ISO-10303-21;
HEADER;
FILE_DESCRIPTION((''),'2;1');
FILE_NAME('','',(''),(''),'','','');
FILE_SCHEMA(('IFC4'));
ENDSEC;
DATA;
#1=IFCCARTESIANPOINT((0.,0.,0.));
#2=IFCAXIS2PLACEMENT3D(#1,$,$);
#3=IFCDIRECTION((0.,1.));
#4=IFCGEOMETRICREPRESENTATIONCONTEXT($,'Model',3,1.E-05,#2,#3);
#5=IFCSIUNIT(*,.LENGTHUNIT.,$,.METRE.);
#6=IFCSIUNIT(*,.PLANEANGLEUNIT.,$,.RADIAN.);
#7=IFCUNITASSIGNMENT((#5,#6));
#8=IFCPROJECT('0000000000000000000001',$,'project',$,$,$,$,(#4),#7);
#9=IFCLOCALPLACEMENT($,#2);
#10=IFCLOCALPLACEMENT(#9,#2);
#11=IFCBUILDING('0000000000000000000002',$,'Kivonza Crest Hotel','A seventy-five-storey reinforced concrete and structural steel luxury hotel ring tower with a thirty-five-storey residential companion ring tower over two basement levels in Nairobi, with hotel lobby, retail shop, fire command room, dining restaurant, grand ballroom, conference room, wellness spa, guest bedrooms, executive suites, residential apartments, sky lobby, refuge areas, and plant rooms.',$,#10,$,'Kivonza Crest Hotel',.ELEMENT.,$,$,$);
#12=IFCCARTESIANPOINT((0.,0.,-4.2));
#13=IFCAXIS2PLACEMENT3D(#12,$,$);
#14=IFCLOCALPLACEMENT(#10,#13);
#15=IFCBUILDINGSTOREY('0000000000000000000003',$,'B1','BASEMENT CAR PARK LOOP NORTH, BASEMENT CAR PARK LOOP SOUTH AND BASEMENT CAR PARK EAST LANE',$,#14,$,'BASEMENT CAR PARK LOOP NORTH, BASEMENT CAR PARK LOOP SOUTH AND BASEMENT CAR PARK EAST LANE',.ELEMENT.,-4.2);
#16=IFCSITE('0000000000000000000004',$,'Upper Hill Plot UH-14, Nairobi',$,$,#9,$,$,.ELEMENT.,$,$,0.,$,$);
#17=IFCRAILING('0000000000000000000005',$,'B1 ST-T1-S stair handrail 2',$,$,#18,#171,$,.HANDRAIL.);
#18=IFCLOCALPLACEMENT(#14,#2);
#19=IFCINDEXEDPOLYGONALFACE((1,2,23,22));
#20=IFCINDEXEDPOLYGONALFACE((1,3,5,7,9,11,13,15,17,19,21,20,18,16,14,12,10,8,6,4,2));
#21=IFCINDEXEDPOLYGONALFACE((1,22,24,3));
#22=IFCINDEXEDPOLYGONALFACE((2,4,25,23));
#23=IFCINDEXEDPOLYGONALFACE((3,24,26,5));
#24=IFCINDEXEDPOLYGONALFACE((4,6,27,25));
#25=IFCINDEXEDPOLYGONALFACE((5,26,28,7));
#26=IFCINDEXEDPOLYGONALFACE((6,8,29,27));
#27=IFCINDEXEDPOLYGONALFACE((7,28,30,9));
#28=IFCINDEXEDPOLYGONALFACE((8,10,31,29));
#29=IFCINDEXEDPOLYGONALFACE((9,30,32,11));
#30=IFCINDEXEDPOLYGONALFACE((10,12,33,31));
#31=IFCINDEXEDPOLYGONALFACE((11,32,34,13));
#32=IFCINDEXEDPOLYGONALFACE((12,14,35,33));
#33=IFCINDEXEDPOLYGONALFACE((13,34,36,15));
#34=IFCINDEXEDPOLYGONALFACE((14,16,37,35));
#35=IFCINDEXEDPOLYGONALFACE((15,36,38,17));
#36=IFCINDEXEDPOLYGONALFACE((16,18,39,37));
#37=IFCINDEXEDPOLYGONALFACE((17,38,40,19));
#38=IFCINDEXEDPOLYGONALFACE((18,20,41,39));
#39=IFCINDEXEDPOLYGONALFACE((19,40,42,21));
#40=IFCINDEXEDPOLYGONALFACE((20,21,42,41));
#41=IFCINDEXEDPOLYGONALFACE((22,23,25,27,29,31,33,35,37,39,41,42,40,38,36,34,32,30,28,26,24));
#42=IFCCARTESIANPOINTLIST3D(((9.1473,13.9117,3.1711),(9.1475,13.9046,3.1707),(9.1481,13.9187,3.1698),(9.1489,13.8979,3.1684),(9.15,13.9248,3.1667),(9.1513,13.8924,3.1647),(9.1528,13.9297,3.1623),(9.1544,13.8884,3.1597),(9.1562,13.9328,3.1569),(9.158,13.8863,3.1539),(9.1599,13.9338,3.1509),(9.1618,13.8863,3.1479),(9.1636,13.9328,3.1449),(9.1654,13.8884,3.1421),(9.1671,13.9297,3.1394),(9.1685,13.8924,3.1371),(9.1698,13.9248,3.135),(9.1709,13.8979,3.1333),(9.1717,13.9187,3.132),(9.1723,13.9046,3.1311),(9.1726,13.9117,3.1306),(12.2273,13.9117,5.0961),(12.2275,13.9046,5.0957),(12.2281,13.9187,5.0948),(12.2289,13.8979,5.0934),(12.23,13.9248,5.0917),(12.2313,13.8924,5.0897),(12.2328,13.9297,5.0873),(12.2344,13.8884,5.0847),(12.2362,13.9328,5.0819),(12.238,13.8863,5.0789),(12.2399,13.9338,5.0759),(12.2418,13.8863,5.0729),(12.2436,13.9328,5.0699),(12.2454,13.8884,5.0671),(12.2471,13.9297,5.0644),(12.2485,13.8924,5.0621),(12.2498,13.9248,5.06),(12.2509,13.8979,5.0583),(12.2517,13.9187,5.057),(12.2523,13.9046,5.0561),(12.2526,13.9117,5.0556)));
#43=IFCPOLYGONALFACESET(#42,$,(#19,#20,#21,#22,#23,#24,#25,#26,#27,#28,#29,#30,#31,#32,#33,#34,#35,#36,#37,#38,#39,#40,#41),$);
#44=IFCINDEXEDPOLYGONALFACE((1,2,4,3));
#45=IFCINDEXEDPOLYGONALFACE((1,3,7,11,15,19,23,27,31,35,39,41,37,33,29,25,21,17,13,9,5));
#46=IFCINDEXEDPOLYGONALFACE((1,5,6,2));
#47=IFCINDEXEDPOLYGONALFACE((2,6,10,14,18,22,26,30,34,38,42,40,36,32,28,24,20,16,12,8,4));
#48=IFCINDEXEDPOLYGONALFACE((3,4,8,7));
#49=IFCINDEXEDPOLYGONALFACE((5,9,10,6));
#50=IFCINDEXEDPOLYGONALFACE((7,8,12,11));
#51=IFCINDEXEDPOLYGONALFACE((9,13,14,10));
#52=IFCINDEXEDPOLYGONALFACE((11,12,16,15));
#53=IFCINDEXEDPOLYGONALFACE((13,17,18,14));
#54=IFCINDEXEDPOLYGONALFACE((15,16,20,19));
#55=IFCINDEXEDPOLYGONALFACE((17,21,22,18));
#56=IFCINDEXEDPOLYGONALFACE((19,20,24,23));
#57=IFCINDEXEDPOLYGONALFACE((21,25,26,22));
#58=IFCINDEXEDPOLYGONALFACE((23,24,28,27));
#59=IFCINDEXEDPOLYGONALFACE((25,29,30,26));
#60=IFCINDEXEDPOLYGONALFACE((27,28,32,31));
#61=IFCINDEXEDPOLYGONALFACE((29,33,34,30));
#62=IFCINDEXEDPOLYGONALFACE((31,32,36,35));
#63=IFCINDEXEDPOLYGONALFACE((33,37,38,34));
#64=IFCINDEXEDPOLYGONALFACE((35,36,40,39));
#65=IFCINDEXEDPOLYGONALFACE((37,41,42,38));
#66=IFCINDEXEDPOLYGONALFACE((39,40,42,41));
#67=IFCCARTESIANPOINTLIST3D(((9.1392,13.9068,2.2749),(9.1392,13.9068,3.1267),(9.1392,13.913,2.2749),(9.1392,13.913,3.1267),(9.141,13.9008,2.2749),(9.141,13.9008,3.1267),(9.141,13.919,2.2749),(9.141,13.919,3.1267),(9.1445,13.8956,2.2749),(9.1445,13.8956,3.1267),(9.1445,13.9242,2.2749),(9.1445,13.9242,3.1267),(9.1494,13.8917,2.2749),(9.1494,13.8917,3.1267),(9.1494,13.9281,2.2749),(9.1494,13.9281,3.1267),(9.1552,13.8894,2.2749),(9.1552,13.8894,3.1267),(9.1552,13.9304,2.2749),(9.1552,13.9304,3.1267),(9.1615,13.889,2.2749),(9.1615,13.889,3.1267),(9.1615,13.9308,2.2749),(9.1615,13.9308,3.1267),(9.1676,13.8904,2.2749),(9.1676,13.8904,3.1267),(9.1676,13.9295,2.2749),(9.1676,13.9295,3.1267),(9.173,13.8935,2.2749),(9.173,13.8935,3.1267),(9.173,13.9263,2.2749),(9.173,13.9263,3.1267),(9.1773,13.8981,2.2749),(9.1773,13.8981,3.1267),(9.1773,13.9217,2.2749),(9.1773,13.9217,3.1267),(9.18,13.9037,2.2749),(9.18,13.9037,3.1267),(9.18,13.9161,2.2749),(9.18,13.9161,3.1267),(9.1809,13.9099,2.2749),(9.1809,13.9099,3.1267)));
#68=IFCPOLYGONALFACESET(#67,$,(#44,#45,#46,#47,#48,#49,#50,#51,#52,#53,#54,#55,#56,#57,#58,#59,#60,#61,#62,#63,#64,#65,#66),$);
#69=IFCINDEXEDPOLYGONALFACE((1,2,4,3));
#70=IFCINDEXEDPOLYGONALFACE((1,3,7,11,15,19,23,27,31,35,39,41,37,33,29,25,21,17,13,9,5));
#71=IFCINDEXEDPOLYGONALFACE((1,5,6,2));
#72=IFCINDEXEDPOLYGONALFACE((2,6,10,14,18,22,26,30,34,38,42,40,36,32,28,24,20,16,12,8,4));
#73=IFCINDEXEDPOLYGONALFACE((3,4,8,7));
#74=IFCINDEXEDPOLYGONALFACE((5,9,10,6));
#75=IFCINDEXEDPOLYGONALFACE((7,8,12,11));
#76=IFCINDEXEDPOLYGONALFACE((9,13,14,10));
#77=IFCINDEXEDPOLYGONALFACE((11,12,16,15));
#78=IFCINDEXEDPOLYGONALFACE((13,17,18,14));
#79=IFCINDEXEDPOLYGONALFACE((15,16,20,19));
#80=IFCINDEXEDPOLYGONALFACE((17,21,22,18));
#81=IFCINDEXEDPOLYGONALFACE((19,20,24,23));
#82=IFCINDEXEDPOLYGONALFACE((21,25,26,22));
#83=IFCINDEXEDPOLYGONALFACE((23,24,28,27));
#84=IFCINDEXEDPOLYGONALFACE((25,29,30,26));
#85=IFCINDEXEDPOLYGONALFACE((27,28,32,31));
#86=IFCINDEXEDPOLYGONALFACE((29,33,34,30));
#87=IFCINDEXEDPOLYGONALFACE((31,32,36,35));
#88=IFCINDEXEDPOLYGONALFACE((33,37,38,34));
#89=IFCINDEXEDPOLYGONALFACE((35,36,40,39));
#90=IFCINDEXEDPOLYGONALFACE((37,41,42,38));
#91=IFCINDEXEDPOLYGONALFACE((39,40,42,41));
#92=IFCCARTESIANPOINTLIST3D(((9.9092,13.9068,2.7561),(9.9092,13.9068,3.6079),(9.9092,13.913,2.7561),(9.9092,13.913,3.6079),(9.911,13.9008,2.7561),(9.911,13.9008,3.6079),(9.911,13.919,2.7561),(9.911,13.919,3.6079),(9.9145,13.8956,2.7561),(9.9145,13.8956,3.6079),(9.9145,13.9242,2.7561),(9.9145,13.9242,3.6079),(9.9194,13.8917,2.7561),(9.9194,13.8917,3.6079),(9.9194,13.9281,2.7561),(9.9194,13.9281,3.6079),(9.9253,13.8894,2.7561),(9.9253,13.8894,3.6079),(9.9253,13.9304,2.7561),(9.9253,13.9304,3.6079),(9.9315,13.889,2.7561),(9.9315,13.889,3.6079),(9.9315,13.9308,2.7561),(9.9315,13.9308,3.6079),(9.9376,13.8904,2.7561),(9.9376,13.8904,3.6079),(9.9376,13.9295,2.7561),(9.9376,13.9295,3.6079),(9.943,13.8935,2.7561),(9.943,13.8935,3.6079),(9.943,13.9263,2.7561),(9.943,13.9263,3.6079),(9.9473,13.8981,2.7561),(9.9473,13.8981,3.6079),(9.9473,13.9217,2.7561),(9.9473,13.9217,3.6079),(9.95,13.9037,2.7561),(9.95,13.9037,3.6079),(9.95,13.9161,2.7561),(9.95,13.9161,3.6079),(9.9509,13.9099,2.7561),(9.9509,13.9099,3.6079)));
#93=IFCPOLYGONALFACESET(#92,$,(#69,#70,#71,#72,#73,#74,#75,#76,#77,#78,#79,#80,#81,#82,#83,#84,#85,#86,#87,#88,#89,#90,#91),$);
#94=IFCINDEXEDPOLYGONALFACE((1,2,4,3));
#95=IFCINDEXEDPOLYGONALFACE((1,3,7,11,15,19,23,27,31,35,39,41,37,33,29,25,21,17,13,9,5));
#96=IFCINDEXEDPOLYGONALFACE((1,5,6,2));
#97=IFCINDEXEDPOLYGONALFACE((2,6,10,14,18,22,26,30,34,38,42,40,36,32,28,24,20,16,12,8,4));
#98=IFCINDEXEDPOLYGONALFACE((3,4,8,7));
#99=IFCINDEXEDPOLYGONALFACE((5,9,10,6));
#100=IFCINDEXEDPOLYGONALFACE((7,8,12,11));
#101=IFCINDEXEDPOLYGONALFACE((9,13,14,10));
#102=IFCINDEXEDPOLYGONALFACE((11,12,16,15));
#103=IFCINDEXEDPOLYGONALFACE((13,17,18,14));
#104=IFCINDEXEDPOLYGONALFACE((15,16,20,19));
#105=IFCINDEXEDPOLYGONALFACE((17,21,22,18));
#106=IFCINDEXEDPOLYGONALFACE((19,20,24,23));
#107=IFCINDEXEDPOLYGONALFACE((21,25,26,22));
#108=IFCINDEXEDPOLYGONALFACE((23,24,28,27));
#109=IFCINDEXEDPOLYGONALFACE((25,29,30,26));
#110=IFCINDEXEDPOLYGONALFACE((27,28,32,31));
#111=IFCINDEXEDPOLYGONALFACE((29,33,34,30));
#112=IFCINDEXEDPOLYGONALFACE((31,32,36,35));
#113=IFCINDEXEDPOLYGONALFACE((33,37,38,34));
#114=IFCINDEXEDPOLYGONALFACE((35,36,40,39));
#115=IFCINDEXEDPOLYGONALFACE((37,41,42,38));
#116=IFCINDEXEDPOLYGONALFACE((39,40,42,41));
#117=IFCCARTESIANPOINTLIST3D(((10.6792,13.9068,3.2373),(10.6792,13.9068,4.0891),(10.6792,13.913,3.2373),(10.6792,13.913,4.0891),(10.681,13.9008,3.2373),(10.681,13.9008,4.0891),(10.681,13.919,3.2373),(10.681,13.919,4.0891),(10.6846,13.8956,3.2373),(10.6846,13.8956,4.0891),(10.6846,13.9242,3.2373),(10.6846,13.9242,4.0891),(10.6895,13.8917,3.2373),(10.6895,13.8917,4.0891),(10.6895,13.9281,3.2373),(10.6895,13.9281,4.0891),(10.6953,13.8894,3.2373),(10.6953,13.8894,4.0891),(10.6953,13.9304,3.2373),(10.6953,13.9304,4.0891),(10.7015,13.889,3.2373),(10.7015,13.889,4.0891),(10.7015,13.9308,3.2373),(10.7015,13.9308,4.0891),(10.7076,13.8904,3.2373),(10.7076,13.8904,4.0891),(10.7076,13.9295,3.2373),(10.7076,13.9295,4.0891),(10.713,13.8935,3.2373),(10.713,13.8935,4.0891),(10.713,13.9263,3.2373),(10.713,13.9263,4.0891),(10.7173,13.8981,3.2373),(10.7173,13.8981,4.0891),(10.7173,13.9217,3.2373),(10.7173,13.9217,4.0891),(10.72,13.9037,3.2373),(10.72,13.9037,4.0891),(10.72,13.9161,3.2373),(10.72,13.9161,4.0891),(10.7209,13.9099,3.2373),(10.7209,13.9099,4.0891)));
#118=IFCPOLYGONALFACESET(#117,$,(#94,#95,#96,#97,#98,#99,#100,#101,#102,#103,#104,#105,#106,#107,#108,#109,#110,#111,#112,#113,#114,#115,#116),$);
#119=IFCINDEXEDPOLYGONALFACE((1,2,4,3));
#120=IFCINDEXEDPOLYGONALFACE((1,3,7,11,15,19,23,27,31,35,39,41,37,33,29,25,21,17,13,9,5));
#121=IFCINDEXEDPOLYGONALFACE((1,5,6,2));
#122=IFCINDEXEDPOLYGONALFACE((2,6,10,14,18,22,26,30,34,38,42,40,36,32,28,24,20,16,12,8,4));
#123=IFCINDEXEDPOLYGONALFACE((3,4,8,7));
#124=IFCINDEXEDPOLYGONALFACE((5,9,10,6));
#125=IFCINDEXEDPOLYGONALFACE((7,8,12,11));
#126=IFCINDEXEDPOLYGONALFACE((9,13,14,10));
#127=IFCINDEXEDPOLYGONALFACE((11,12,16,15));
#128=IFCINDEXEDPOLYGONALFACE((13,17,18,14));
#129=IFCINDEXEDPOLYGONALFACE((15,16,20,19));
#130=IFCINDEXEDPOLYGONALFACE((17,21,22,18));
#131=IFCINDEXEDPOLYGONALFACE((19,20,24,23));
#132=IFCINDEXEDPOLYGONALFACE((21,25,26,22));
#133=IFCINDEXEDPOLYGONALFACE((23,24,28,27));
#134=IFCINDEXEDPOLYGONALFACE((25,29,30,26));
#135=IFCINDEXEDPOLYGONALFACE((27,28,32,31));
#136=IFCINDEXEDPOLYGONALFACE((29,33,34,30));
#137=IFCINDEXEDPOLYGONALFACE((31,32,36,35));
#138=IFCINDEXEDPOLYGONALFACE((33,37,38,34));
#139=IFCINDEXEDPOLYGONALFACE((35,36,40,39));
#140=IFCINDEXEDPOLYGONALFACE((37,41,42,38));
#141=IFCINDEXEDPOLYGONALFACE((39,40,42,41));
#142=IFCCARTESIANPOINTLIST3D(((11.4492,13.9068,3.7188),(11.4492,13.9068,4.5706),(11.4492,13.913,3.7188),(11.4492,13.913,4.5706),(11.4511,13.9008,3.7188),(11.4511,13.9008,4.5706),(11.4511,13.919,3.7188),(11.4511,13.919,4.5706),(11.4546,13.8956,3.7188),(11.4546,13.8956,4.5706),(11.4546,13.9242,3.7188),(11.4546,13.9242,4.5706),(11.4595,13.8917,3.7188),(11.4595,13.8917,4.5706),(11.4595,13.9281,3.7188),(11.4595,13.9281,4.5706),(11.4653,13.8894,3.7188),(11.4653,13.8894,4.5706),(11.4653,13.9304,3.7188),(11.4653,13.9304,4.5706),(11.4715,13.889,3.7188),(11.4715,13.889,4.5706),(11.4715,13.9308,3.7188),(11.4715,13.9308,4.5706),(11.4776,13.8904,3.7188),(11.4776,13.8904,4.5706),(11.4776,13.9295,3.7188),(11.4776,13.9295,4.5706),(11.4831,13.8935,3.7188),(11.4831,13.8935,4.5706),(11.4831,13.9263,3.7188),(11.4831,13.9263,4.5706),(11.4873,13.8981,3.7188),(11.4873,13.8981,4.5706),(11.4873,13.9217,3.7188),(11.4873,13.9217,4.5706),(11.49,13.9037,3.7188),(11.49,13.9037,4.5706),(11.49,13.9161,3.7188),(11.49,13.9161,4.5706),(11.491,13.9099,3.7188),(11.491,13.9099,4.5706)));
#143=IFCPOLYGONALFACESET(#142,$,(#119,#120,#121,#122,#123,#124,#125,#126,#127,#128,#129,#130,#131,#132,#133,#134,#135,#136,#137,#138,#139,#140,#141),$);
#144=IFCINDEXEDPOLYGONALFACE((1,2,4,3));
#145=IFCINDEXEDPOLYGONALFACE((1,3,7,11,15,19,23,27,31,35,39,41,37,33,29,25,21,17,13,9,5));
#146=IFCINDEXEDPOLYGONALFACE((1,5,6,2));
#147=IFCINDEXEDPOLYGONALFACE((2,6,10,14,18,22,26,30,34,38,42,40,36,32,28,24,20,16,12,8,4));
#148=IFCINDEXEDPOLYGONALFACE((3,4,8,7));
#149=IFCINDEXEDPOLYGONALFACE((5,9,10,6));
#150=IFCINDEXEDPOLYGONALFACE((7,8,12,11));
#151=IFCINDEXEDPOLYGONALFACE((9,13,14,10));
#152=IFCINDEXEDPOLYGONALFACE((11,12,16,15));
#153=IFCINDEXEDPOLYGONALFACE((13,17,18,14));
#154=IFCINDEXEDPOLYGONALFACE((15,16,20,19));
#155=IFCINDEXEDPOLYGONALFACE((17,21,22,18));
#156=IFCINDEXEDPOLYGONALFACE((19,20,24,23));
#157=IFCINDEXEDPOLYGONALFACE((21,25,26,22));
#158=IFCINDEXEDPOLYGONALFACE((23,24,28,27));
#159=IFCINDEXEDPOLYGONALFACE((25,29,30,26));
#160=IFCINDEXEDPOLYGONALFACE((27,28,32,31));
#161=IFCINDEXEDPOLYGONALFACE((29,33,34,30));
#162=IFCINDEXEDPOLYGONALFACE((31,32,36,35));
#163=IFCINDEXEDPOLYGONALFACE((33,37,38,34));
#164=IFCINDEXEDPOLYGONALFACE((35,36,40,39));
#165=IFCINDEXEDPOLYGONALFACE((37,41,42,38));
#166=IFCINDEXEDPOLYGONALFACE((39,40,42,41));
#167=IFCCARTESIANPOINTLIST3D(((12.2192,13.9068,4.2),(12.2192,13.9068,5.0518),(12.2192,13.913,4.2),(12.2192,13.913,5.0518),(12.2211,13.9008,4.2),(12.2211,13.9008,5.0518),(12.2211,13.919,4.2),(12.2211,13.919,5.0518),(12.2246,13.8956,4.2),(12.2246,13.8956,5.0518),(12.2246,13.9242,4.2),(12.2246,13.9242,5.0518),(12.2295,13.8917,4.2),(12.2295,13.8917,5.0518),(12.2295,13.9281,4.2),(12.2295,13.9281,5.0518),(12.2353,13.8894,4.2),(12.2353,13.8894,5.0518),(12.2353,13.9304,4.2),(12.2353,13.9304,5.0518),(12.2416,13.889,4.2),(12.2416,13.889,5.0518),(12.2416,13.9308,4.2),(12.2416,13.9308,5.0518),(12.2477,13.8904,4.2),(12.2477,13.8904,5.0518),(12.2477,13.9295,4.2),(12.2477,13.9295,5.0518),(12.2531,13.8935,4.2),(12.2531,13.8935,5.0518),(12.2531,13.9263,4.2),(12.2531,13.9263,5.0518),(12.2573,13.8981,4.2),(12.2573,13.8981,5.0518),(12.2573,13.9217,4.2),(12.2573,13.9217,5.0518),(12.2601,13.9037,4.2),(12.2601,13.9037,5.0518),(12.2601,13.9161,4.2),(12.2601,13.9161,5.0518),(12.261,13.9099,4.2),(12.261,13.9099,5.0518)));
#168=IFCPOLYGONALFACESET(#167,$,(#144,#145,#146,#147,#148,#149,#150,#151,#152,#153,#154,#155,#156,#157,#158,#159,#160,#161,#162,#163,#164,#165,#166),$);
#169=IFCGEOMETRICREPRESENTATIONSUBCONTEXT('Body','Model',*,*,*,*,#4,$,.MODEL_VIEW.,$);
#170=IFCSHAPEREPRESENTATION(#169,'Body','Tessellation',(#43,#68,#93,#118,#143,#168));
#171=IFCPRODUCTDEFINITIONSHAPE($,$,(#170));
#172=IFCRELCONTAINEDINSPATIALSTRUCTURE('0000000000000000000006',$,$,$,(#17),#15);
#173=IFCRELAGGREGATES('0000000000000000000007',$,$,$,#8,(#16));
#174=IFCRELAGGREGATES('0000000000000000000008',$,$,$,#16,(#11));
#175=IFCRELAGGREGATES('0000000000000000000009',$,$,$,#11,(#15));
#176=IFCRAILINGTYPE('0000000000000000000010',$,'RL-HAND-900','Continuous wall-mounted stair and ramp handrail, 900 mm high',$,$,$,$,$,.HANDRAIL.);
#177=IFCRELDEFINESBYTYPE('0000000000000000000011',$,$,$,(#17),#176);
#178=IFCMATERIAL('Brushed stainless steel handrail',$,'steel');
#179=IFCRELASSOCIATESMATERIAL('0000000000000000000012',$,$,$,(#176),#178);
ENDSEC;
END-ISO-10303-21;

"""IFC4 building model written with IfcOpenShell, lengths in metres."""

from ifc_helpers import new_model, si_unit, direction, frame, origin, origin_2d, place, context, subcontext, project, spatial, circle, extrude, material, type_object, element, save


model = new_model("IFC4")

# Units and contexts
model_context = context("Model", 3, precision=1e-05, world=origin(), true_north=direction((0.0, 1.0)))
body_context = subcontext(model_context, "Body", "Model", "MODEL_VIEW")
ifc_project = project(units=[si_unit("LENGTHUNIT", "METRE"), si_unit("PLANEANGLEUNIT", "RADIAN")], contexts=[model_context])

# Site, building, storey
site_placement = place(None, origin())
site = spatial("IfcSite", under=ifc_project, at=site_placement, Name="Upper Hill Plot UH-14, Nairobi", CompositionType="ELEMENT", RefElevation=0.0)
building_placement = place(site_placement, origin())
building = spatial("IfcBuilding", under=site, at=building_placement, Name="Kivonza Crest Hotel", Description="A seventy-five-storey reinforced concrete and structural steel luxury hotel ring tower with a thirty-five-storey residential companion ring tower over two basement levels in Nairobi, with hotel lobby, retail shop, fire command room, dining restaurant, grand ballroom, conference room, wellness spa, guest bedrooms, executive suites, residential apartments, sky lobby, refuge areas, and plant rooms.", LongName="Kivonza Crest Hotel", CompositionType="ELEMENT")
storey_placement = place(building_placement, frame((0.0, 0.0, -4.2)))
storey = spatial("IfcBuildingStorey", under=building, at=storey_placement, Name="B1", Description="BASEMENT CAR PARK LOOP NORTH, BASEMENT CAR PARK LOOP SOUTH AND BASEMENT CAR PARK EAST LANE", LongName="BASEMENT CAR PARK LOOP NORTH, BASEMENT CAR PARK LOOP SOUTH AND BASEMENT CAR PARK EAST LANE", CompositionType="ELEMENT", Elevation=-4.2)

# Railing
ifc_material_1 = material(Name="Brushed stainless steel handrail", Category="steel")
railing_type_1 = type_object("IfcRailingType", Name="RL-HAND-900", Description="Continuous wall-mounted stair and ramp handrail, 900 mm high", PredefinedType="HANDRAIL", material=ifc_material_1)
railing_1_placement = place(storey_placement, frame((9.1599, 13.9099, 2.2749)))
element("IfcRailing", 1, at=railing_1_placement, inside=storey, type_object=railing_type_1, Name="B1 ST-T1-S stair handrail 2", PredefinedType="HANDRAIL", context=body_context, shape_type="SweptSolid", body=[
    extrude(circle(Radius=0.0239, at=origin_2d()), frame((0.0, 0.0, 0.876), z_axis=(0.847998, 0.0, 0.529999), x_axis=(0.0, 1.0, 0.0)), (0.0, 0.0, 1.0), 3.6321),
    extrude(circle(Radius=0.021, at=origin_2d()), origin(), (0.0, 0.0, 1.0), 0.8518),
    extrude(circle(Radius=0.021, at=origin_2d()), frame((0.77, 0.0, 0.4812)), (0.0, 0.0, 1.0), 0.8518),
    extrude(circle(Radius=0.021, at=origin_2d()), frame((1.54, 0.0, 0.9624)), (0.0, 0.0, 1.0), 0.8518),
    extrude(circle(Radius=0.021, at=origin_2d()), frame((2.3101, 0.0, 1.4438)), (0.0, 0.0, 1.0), 0.8518),
    extrude(circle(Radius=0.021, at=origin_2d()), frame((3.0801, 0.0, 1.925)), (0.0, 0.0, 1.0), 0.8518),
])

save(model, "model.ifc")
